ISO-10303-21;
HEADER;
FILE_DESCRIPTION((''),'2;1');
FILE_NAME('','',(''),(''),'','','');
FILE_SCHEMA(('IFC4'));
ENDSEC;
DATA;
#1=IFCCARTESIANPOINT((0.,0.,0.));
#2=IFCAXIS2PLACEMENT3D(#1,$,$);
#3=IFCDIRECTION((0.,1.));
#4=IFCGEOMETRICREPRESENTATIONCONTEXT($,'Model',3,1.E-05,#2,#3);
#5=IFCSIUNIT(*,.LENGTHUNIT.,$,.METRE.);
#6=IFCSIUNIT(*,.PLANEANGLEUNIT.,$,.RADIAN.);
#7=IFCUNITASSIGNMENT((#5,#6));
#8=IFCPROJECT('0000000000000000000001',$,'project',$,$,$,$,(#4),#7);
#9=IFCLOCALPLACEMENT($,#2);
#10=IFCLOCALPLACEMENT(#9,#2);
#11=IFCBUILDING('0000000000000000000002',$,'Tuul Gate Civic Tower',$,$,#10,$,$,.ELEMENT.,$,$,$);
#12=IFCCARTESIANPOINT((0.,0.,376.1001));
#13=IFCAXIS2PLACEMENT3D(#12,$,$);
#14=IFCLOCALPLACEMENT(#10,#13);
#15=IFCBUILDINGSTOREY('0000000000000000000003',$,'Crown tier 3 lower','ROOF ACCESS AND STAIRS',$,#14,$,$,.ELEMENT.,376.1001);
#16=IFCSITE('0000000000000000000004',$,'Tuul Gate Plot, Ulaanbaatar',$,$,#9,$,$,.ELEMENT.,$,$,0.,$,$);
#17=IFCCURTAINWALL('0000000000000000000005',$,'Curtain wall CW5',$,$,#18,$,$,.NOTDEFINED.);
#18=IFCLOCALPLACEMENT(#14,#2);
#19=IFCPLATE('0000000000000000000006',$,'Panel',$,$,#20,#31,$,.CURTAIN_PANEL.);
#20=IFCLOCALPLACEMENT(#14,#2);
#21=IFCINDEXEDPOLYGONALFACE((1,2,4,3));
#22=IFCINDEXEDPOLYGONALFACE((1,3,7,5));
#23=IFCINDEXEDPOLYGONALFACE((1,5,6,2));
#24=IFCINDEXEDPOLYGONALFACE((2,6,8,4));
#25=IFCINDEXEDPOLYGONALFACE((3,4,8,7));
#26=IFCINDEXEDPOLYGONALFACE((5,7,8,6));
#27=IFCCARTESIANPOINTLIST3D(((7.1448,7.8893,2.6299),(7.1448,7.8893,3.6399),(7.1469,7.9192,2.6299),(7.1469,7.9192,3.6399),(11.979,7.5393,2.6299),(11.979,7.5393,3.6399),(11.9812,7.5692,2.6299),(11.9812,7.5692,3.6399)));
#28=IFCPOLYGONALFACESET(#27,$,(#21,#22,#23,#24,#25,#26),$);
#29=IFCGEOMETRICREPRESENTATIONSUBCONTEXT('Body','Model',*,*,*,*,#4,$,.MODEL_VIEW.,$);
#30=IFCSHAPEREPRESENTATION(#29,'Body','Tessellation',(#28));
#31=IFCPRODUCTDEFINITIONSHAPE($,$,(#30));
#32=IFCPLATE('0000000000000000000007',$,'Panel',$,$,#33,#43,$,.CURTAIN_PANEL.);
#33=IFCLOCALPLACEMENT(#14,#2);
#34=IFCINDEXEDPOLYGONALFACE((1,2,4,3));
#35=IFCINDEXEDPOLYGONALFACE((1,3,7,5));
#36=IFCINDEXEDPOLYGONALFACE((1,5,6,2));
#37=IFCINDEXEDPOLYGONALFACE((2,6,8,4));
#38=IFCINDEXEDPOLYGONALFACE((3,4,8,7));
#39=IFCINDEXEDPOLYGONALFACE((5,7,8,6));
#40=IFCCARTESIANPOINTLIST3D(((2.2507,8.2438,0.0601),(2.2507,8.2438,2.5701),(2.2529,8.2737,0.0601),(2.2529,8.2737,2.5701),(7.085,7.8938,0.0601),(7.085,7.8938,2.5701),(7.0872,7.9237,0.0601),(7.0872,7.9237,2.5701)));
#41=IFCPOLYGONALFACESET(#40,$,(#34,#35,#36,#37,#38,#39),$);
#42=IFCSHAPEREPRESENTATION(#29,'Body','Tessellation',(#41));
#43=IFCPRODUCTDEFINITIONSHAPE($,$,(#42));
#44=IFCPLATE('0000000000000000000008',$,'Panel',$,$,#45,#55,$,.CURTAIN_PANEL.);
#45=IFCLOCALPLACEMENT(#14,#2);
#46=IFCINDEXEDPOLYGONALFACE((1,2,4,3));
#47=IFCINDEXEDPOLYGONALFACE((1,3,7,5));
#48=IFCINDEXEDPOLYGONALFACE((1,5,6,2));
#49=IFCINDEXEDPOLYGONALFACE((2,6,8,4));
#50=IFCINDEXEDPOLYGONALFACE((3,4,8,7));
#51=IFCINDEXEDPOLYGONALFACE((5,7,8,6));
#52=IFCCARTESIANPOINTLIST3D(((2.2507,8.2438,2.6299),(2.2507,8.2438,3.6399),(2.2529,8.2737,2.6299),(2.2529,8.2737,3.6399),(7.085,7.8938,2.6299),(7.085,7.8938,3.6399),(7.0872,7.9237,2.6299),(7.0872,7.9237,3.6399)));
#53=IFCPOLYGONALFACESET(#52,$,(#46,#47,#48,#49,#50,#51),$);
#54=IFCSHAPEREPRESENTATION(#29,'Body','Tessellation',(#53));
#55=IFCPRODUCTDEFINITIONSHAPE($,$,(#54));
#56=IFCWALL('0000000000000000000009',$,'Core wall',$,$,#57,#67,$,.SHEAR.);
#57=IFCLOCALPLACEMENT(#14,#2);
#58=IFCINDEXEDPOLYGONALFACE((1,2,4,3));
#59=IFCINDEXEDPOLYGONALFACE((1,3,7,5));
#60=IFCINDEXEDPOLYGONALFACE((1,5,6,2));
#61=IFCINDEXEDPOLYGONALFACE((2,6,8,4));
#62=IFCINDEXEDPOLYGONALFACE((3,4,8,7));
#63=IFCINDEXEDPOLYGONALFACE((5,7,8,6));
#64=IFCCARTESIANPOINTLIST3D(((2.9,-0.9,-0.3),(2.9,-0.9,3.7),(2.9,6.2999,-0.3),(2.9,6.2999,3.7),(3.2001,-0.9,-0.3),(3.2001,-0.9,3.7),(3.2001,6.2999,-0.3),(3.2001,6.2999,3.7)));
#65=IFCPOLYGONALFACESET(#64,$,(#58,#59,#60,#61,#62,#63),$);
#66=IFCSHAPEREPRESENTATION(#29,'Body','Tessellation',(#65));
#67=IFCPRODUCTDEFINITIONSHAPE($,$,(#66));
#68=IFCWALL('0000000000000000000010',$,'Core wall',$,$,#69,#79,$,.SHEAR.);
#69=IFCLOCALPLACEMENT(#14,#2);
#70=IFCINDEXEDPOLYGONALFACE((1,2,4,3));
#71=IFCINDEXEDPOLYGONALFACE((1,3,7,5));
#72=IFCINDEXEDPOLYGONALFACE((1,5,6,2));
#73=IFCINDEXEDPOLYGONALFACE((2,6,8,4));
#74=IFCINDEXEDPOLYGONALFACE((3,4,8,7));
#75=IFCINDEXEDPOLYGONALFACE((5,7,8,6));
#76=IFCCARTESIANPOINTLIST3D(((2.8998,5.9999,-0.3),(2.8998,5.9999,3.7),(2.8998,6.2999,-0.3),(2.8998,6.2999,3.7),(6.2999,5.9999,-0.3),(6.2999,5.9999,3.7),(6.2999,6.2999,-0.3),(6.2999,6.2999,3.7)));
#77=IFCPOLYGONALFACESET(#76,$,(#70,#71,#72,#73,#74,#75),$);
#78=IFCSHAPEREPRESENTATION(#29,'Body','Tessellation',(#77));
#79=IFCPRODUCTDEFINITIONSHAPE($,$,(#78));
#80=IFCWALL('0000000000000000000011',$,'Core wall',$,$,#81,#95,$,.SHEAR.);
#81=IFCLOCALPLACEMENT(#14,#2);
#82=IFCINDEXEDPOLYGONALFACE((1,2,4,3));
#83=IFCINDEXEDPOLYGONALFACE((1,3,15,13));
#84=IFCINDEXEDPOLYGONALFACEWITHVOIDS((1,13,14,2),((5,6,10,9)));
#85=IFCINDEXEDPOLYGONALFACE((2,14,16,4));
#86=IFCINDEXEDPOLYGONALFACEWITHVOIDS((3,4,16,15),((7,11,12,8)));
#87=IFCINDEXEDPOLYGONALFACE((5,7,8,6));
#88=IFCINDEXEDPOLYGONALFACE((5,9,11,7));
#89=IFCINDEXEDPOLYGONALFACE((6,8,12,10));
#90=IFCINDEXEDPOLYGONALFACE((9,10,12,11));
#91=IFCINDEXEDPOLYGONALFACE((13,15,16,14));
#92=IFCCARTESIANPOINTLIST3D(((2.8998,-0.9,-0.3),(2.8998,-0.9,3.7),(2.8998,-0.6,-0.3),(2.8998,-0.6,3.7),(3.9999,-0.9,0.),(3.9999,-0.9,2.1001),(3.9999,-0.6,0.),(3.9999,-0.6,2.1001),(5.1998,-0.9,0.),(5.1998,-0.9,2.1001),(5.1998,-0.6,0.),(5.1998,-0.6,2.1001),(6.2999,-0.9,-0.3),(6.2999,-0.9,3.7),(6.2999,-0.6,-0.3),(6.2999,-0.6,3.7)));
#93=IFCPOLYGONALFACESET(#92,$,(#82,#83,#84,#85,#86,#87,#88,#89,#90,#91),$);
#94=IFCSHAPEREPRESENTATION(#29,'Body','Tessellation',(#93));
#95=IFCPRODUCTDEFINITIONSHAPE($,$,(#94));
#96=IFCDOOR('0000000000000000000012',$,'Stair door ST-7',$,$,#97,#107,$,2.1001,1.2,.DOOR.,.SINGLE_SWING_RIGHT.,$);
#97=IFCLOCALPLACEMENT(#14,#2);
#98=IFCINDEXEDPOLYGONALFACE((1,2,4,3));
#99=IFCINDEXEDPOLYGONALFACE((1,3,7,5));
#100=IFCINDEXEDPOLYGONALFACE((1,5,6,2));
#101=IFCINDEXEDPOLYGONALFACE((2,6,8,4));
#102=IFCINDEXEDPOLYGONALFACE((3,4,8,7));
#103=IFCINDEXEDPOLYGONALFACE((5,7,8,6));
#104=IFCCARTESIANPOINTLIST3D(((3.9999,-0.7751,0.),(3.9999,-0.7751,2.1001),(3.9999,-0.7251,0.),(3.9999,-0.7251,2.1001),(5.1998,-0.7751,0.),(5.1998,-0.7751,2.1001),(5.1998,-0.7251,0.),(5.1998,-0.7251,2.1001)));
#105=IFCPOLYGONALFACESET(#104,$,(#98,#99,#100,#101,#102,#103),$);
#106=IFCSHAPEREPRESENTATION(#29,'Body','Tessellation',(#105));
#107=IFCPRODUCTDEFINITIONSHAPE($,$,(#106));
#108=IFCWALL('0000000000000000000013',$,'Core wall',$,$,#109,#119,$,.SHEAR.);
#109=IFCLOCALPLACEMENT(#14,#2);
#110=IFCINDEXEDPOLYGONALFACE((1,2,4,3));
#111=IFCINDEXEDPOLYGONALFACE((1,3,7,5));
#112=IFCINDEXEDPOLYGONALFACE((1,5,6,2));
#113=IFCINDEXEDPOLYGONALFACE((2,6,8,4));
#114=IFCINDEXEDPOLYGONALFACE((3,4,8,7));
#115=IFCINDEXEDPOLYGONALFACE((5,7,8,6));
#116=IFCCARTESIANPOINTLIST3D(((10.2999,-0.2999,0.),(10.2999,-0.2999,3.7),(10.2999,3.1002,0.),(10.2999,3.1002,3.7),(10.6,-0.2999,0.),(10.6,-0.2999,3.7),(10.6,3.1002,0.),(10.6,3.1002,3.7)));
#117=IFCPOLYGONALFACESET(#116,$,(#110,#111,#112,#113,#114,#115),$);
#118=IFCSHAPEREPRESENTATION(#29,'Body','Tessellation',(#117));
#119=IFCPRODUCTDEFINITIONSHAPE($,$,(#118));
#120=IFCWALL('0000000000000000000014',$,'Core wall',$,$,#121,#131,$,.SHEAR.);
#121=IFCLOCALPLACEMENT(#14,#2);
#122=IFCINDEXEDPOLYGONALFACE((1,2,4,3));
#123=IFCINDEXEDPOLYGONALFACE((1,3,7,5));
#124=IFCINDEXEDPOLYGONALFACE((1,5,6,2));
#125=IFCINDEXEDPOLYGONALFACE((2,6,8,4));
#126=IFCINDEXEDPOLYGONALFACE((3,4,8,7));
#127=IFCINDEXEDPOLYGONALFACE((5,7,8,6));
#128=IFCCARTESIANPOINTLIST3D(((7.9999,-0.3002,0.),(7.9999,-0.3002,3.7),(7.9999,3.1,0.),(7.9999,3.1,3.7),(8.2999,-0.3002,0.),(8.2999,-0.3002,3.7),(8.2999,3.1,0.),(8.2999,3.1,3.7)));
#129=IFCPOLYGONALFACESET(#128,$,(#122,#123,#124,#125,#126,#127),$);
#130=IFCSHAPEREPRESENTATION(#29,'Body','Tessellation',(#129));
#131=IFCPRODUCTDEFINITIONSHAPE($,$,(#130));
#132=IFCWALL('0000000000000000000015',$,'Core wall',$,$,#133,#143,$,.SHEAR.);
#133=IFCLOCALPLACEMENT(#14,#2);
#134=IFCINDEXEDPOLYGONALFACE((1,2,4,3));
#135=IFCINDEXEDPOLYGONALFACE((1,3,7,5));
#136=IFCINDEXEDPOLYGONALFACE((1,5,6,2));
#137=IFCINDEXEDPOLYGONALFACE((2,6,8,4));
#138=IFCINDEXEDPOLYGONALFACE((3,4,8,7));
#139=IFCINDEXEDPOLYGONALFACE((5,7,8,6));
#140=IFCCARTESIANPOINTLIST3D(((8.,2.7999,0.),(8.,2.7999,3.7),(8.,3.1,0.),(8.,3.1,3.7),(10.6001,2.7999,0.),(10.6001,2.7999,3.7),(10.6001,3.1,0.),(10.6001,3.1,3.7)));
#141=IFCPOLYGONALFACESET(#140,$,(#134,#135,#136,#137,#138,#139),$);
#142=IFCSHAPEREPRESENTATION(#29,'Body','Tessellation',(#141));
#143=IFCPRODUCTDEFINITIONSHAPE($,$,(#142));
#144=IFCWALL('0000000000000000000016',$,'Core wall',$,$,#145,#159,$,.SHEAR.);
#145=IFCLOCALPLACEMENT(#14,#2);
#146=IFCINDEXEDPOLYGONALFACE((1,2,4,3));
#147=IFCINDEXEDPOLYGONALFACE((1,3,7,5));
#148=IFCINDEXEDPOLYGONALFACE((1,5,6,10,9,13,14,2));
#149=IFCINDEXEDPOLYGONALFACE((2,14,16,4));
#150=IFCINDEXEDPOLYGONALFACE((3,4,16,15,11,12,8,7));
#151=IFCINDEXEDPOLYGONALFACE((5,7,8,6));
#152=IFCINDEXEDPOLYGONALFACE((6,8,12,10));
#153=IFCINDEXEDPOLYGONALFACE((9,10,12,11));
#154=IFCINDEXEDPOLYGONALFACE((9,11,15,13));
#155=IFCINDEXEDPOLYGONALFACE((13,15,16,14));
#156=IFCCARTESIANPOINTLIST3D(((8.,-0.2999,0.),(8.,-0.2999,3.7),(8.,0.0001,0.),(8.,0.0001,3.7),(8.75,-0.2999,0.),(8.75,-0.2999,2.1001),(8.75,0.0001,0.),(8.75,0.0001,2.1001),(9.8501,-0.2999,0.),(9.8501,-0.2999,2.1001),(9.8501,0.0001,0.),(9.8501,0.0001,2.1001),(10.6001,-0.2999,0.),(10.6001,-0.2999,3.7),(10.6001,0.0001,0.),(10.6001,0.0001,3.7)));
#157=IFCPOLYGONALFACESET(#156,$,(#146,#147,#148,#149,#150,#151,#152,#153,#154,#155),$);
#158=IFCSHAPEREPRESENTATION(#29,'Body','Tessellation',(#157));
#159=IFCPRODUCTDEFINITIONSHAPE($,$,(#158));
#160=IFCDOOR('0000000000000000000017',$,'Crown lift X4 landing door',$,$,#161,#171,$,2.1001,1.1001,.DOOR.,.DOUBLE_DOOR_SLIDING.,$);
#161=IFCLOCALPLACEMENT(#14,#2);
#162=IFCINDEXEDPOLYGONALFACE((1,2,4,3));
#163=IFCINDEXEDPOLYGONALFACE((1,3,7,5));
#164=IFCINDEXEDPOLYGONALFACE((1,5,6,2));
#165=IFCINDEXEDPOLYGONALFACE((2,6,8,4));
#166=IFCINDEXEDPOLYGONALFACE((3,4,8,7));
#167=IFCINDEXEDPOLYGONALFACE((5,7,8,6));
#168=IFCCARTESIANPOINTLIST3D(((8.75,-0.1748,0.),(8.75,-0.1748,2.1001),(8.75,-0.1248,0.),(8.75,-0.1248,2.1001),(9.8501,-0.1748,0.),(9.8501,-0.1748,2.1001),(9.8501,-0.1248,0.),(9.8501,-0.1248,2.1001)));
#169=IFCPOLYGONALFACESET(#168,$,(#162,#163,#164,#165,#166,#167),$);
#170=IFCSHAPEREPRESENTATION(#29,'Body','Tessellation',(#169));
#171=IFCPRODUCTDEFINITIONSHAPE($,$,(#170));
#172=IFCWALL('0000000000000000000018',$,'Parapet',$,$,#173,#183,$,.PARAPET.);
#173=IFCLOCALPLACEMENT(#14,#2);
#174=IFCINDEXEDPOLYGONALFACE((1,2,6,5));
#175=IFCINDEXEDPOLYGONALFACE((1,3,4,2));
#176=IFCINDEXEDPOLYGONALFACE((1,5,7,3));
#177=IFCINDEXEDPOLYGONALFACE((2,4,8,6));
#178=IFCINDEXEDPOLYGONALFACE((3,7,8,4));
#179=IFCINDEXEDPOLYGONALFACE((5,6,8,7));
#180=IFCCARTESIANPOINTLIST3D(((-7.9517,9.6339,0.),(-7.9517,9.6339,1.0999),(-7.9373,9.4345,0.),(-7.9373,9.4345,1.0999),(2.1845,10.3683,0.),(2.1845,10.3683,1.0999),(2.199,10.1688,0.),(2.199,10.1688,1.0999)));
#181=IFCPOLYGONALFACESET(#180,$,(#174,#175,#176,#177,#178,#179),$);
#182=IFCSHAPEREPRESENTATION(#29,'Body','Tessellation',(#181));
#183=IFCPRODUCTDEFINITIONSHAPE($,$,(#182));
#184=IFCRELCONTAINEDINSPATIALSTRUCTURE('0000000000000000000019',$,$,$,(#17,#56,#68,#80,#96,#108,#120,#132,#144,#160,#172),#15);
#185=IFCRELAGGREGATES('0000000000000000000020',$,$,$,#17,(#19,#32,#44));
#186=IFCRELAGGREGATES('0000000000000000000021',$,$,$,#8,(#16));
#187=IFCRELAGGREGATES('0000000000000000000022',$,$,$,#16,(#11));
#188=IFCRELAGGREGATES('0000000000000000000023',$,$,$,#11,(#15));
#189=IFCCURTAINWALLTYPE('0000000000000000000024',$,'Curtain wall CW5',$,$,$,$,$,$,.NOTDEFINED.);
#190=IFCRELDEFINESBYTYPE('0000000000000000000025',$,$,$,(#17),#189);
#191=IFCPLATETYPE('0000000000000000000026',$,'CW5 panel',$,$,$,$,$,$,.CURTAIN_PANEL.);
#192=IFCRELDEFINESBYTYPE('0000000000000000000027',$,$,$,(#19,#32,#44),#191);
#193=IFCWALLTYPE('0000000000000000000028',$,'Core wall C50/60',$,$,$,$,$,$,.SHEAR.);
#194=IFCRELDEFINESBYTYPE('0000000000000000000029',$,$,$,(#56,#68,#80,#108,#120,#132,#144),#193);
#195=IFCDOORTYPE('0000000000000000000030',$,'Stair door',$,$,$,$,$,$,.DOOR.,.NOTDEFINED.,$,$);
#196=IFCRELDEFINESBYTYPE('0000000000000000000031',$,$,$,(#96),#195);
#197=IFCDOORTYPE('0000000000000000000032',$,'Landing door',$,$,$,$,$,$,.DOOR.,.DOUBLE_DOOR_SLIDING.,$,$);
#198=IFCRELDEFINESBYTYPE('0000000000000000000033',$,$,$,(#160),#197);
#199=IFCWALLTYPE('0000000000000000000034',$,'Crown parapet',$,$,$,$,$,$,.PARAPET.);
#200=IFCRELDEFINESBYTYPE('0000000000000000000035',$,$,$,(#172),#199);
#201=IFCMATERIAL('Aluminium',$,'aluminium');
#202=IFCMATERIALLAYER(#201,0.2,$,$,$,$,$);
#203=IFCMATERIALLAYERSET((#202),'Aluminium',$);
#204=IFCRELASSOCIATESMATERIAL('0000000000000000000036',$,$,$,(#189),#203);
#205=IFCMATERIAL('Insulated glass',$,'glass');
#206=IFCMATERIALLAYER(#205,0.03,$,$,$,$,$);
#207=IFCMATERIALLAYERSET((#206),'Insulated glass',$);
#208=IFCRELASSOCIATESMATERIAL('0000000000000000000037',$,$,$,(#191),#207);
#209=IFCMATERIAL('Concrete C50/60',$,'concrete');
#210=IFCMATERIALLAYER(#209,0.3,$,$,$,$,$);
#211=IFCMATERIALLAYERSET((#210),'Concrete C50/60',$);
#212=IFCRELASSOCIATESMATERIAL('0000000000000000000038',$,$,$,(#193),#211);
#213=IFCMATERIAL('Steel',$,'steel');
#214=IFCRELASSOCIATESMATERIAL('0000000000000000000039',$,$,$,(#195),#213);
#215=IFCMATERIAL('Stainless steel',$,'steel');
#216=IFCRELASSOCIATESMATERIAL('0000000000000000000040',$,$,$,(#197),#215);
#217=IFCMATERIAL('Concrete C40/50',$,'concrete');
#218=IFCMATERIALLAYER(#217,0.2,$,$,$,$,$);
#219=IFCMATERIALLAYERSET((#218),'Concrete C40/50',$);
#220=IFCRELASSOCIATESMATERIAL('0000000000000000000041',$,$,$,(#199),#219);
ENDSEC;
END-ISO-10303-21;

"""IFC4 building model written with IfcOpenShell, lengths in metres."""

from ifc_helpers import new_model, si_unit, direction, frame, frame_2d, origin, origin_2d, place, context, subcontext, project, spatial, rectangle, extrude, material, layer, layer_set, type_object, element, fill, aggregate, save


model = new_model("IFC4")

# Units and contexts
model_context = context("Model", 3, precision=1e-05, world=origin(), true_north=direction((0.0, 1.0)))
body_context = subcontext(model_context, "Body", "Model", "MODEL_VIEW")
ifc_project = project(units=[si_unit("LENGTHUNIT", "METRE"), si_unit("PLANEANGLEUNIT", "RADIAN")], contexts=[model_context])

# Site, building, storey
site_placement = place(None, origin())
site = spatial("IfcSite", under=ifc_project, at=site_placement, Name="Tuul Gate Plot, Ulaanbaatar", CompositionType="ELEMENT", RefElevation=0.0)
building_placement = place(site_placement, origin())
building = spatial("IfcBuilding", under=site, at=building_placement, Name="Tuul Gate Civic Tower", CompositionType="ELEMENT")
storey_placement = place(building_placement, frame((0.0, 0.0, 376.1001)))
storey = spatial("IfcBuildingStorey", under=building, at=storey_placement, Name="Crown tier 3 lower", Description="ROOF ACCESS AND STAIRS", CompositionType="ELEMENT", Elevation=376.1001)

# Curtain wall
ifc_material_1 = material(Name="Aluminium", Category="aluminium")
ifc_layer_1 = layer(ifc_material_1, 0.2)
ifc_layer_set_1 = layer_set([ifc_layer_1], Name="Aluminium")
curtain_wall_type = type_object("IfcCurtainWallType", Name="Curtain wall CW5", PredefinedType="NOTDEFINED", material=ifc_layer_set_1)
curtain_wall_1_placement = place(storey_placement, origin())
curtain_wall_1 = element("IfcCurtainWall", 1, at=curtain_wall_1_placement, inside=storey, type_object=curtain_wall_type, Name="Curtain wall CW5", PredefinedType="NOTDEFINED")

# Plates
ifc_material_2 = material(Name="Insulated glass", Category="glass")
ifc_layer_2 = layer(ifc_material_2, 0.03)
ifc_layer_set_2 = layer_set([ifc_layer_2], Name="Insulated glass")
plate_type = type_object("IfcPlateType", Name="CW5 panel", PredefinedType="CURTAIN_PANEL", material=ifc_layer_set_2)
plate_1_placement = place(storey_placement, frame((9.563, 7.7292, 2.6299), z_axis=(0.0, 0.0, 1.0), x_axis=(-0.997389, 0.072211, 0.0)))
plate_1 = element("IfcPlate", 2, at=plate_1_placement, type_object=plate_type, Name="Panel", PredefinedType="CURTAIN_PANEL", context=body_context, shape_type="SweptSolid", body=[
    extrude(rectangle(XDim=4.8469, YDim=0.03, at=origin_2d()), origin(), (0.0, 0.0, 1.0), 1.01),
])
plate_2_placement = place(storey_placement, frame((4.6689, 8.0837, 0.0601), z_axis=(0.0, 0.0, 1.0), x_axis=(-0.997389, 0.072211, 0.0)))
plate_2 = element("IfcPlate", 3, at=plate_2_placement, type_object=plate_type, Name="Panel", PredefinedType="CURTAIN_PANEL", context=body_context, shape_type="SweptSolid", body=[
    extrude(rectangle(XDim=4.8469, YDim=0.03, at=origin_2d()), origin(), (0.0, 0.0, 1.0), 2.51),
])
plate_3_placement = place(storey_placement, frame((4.6689, 8.0837, 2.6299), z_axis=(0.0, 0.0, 1.0), x_axis=(-0.997389, 0.072211, 0.0)))
plate_3 = element("IfcPlate", 4, at=plate_3_placement, type_object=plate_type, Name="Panel", PredefinedType="CURTAIN_PANEL", context=body_context, shape_type="SweptSolid", body=[
    extrude(rectangle(XDim=4.8469, YDim=0.03, at=origin_2d()), origin(), (0.0, 0.0, 1.0), 1.01),
])
aggregate(curtain_wall_1, [plate_1, plate_2, plate_3])

# Walls
ifc_material_3 = material(Name="Concrete C50/60", Category="concrete")
ifc_layer_3 = layer(ifc_material_3, 0.3)
ifc_layer_set_3 = layer_set([ifc_layer_3], Name="Concrete C50/60")
wall_type_1 = type_object("IfcWallType", Name="Core wall C50/60", PredefinedType="SHEAR", material=ifc_layer_set_3)
wall_1_placement = place(storey_placement, frame((3.05, 6.3, -0.3), z_axis=(0.0, 0.0, 1.0), x_axis=(0.0, -1.0, 0.0)))
element("IfcWall", 5, at=wall_1_placement, inside=storey, type_object=wall_type_1, Name="Core wall", PredefinedType="SHEAR", context=body_context, shape_type="SweptSolid", body=[
    extrude(rectangle(XDim=7.2, YDim=0.3, at=frame_2d((3.6001, 0.0))), origin(), (0.0, 0.0, 1.0), 4.0),
])
wall_2_placement = place(storey_placement, frame((6.3, 6.1499, -0.3), z_axis=(0.0, 0.0, 1.0), x_axis=(-1.0, 0.0, 0.0)))
element("IfcWall", 6, at=wall_2_placement, inside=storey, type_object=wall_type_1, Name="Core wall", PredefinedType="SHEAR", context=body_context, shape_type="SweptSolid", body=[
    extrude(rectangle(XDim=3.4001, YDim=0.3, at=frame_2d((1.7002, 0.0))), origin(), (0.0, 0.0, 1.0), 4.0),
])

# Wall, opening, door
wall_3_placement = place(storey_placement, frame((6.3, -0.75, -0.3), z_axis=(0.0, 0.0, 1.0), x_axis=(-1.0, 0.0, 0.0)))
wall_3 = element("IfcWall", 7, at=wall_3_placement, inside=storey, type_object=wall_type_1, Name="Core wall", PredefinedType="SHEAR", context=body_context, shape_type="SweptSolid", body=[
    extrude(rectangle(XDim=3.4001, YDim=0.3, at=frame_2d((1.7002, 0.0))), origin(), (0.0, 0.0, 1.0), 4.0),
])
opening_1_placement = place(wall_3_placement, frame((1.1001, 0.0, 0.3)))
opening_1 = element("IfcOpeningElement", 8, at=opening_1_placement, cuts=wall_3, PredefinedType="OPENING", context=body_context, shape_type="SweptSolid", body=[
    extrude(rectangle(XDim=1.2, YDim=2.1001, at=frame_2d((0.6001, 1.05))), frame((0.0, 0.1602, 0.0), z_axis=(0.0, -1.0, 0.0), x_axis=(1.0, 0.0, 0.0)), (0.0, 0.0, 1.0), 0.3201),
])
ifc_material_4 = material(Name="Steel", Category="steel")
door_type_1 = type_object("IfcDoorType", Name="Stair door", OperationType="NOTDEFINED", PredefinedType="DOOR", material=ifc_material_4)
door_1_placement = place(opening_1_placement, frame((1.2, 0.0, 0.0), z_axis=(0.0, 0.0, 1.0), x_axis=(-1.0, 0.0, 0.0)))
door_1 = element("IfcDoor", 9, at=door_1_placement, inside=storey, type_object=door_type_1, Name="Stair door ST-7", OperationType="SINGLE_SWING_RIGHT", OverallHeight=2.1001, OverallWidth=1.2, PredefinedType="DOOR", context=body_context, shape_type="SweptSolid", body=[
    extrude(rectangle(XDim=1.2, YDim=2.1001, at=frame_2d((0.5999, 1.05))), frame((0.0, 0.0249, 0.0), z_axis=(0.0, -1.0, 0.0), x_axis=(1.0, 0.0, 0.0)), (0.0, 0.0, 1.0), 0.05),
])
fill(opening_1, door_1)

# Walls
for number, where, z_axis, x_axis, name in (
    (10, (10.45, -0.3, 0.0), (0.0, 0.0, 1.0), (0.0, 1.0, 0.0), "Core wall"),
    (11, (8.1499, 3.1001, 0.0), (0.0, 0.0, 1.0), (0.0, -1.0, 0.0), "Core wall"),
):
    element("IfcWall", number, at=place(storey_placement, frame(where, z_axis=z_axis, x_axis=x_axis)), inside=storey, type_object=wall_type_1, Name=name, PredefinedType="SHEAR", context=body_context, shape_type="SweptSolid", body=[
        extrude(rectangle(XDim=3.4001, YDim=0.3, at=frame_2d((1.7002, 0.0))), origin(), (0.0, 0.0, 1.0), 3.7),
    ])
wall_4_placement = place(storey_placement, frame((10.6001, 2.95, 0.0), z_axis=(0.0, 0.0, 1.0), x_axis=(-1.0, 0.0, 0.0)))
element("IfcWall", 12, at=wall_4_placement, inside=storey, type_object=wall_type_1, Name="Core wall", PredefinedType="SHEAR", context=body_context, shape_type="SweptSolid", body=[
    extrude(rectangle(XDim=2.6001, YDim=0.3, at=frame_2d((1.3, 0.0))), origin(), (0.0, 0.0, 1.0), 3.7),
])

# Wall, opening, door
wall_5_placement = place(storey_placement, frame((10.6001, -0.1499, 0.0), z_axis=(0.0, 0.0, 1.0), x_axis=(-1.0, 0.0, 0.0)))
wall_5 = element("IfcWall", 13, at=wall_5_placement, inside=storey, type_object=wall_type_1, Name="Core wall", PredefinedType="SHEAR", context=body_context, shape_type="SweptSolid", body=[
    extrude(rectangle(XDim=2.6001, YDim=0.3, at=frame_2d((1.3, 0.0))), origin(), (0.0, 0.0, 1.0), 3.7),
])
opening_2_placement = place(wall_5_placement, frame((0.75, 0.0, 0.0)))
opening_2 = element("IfcOpeningElement", 14, at=opening_2_placement, cuts=wall_5, PredefinedType="OPENING", context=body_context, shape_type="SweptSolid", body=[
    extrude(rectangle(XDim=1.1001, YDim=2.1001, at=frame_2d((0.55, 1.05))), frame((0.0, 0.1602, 0.0), z_axis=(0.0, -1.0, 0.0), x_axis=(1.0, 0.0, 0.0)), (0.0, 0.0, 1.0), 0.3201),
])
ifc_material_5 = material(Name="Stainless steel", Category="steel")
door_type_2 = type_object("IfcDoorType", Name="Landing door", OperationType="DOUBLE_DOOR_SLIDING", PredefinedType="DOOR", material=ifc_material_5)
door_2_placement = place(opening_2_placement, origin())
door_2 = element("IfcDoor", 15, at=door_2_placement, inside=storey, type_object=door_type_2, Name="Crown lift X4 landing door", OperationType="DOUBLE_DOOR_SLIDING", OverallHeight=2.1001, OverallWidth=1.1001, PredefinedType="DOOR", context=body_context, shape_type="SweptSolid", body=[
    extrude(rectangle(XDim=1.1001, YDim=2.1001, at=frame_2d((0.55, 1.05))), frame((0.0, 0.0249, 0.0), z_axis=(0.0, -1.0, 0.0), x_axis=(1.0, 0.0, 0.0)), (0.0, 0.0, 1.0), 0.05),
])
fill(opening_2, door_2)

# Wall
ifc_material_6 = material(Name="Concrete C40/50", Category="concrete")
ifc_layer_4 = layer(ifc_material_6, 0.2)
ifc_layer_set_4 = layer_set([ifc_layer_4], Name="Concrete C40/50")
wall_type_2 = type_object("IfcWallType", Name="Crown parapet", PredefinedType="PARAPET", material=ifc_layer_set_4)
wall_6_placement = place(storey_placement, frame((2.1919, 10.2686, 0.0), z_axis=(0.0, 0.0, 1.0), x_axis=(-0.997386, -0.072261, 0.0)))
element("IfcWall", 16, at=wall_6_placement, inside=storey, type_object=wall_type_2, Name="Parapet", PredefinedType="PARAPET", context=body_context, shape_type="SweptSolid", body=[
    extrude(rectangle(XDim=10.1628, YDim=0.2, at=frame_2d((5.0815, 0.0))), origin(), (0.0, 0.0, 1.0), 1.0999),
])

save(model, "model.ifc")
